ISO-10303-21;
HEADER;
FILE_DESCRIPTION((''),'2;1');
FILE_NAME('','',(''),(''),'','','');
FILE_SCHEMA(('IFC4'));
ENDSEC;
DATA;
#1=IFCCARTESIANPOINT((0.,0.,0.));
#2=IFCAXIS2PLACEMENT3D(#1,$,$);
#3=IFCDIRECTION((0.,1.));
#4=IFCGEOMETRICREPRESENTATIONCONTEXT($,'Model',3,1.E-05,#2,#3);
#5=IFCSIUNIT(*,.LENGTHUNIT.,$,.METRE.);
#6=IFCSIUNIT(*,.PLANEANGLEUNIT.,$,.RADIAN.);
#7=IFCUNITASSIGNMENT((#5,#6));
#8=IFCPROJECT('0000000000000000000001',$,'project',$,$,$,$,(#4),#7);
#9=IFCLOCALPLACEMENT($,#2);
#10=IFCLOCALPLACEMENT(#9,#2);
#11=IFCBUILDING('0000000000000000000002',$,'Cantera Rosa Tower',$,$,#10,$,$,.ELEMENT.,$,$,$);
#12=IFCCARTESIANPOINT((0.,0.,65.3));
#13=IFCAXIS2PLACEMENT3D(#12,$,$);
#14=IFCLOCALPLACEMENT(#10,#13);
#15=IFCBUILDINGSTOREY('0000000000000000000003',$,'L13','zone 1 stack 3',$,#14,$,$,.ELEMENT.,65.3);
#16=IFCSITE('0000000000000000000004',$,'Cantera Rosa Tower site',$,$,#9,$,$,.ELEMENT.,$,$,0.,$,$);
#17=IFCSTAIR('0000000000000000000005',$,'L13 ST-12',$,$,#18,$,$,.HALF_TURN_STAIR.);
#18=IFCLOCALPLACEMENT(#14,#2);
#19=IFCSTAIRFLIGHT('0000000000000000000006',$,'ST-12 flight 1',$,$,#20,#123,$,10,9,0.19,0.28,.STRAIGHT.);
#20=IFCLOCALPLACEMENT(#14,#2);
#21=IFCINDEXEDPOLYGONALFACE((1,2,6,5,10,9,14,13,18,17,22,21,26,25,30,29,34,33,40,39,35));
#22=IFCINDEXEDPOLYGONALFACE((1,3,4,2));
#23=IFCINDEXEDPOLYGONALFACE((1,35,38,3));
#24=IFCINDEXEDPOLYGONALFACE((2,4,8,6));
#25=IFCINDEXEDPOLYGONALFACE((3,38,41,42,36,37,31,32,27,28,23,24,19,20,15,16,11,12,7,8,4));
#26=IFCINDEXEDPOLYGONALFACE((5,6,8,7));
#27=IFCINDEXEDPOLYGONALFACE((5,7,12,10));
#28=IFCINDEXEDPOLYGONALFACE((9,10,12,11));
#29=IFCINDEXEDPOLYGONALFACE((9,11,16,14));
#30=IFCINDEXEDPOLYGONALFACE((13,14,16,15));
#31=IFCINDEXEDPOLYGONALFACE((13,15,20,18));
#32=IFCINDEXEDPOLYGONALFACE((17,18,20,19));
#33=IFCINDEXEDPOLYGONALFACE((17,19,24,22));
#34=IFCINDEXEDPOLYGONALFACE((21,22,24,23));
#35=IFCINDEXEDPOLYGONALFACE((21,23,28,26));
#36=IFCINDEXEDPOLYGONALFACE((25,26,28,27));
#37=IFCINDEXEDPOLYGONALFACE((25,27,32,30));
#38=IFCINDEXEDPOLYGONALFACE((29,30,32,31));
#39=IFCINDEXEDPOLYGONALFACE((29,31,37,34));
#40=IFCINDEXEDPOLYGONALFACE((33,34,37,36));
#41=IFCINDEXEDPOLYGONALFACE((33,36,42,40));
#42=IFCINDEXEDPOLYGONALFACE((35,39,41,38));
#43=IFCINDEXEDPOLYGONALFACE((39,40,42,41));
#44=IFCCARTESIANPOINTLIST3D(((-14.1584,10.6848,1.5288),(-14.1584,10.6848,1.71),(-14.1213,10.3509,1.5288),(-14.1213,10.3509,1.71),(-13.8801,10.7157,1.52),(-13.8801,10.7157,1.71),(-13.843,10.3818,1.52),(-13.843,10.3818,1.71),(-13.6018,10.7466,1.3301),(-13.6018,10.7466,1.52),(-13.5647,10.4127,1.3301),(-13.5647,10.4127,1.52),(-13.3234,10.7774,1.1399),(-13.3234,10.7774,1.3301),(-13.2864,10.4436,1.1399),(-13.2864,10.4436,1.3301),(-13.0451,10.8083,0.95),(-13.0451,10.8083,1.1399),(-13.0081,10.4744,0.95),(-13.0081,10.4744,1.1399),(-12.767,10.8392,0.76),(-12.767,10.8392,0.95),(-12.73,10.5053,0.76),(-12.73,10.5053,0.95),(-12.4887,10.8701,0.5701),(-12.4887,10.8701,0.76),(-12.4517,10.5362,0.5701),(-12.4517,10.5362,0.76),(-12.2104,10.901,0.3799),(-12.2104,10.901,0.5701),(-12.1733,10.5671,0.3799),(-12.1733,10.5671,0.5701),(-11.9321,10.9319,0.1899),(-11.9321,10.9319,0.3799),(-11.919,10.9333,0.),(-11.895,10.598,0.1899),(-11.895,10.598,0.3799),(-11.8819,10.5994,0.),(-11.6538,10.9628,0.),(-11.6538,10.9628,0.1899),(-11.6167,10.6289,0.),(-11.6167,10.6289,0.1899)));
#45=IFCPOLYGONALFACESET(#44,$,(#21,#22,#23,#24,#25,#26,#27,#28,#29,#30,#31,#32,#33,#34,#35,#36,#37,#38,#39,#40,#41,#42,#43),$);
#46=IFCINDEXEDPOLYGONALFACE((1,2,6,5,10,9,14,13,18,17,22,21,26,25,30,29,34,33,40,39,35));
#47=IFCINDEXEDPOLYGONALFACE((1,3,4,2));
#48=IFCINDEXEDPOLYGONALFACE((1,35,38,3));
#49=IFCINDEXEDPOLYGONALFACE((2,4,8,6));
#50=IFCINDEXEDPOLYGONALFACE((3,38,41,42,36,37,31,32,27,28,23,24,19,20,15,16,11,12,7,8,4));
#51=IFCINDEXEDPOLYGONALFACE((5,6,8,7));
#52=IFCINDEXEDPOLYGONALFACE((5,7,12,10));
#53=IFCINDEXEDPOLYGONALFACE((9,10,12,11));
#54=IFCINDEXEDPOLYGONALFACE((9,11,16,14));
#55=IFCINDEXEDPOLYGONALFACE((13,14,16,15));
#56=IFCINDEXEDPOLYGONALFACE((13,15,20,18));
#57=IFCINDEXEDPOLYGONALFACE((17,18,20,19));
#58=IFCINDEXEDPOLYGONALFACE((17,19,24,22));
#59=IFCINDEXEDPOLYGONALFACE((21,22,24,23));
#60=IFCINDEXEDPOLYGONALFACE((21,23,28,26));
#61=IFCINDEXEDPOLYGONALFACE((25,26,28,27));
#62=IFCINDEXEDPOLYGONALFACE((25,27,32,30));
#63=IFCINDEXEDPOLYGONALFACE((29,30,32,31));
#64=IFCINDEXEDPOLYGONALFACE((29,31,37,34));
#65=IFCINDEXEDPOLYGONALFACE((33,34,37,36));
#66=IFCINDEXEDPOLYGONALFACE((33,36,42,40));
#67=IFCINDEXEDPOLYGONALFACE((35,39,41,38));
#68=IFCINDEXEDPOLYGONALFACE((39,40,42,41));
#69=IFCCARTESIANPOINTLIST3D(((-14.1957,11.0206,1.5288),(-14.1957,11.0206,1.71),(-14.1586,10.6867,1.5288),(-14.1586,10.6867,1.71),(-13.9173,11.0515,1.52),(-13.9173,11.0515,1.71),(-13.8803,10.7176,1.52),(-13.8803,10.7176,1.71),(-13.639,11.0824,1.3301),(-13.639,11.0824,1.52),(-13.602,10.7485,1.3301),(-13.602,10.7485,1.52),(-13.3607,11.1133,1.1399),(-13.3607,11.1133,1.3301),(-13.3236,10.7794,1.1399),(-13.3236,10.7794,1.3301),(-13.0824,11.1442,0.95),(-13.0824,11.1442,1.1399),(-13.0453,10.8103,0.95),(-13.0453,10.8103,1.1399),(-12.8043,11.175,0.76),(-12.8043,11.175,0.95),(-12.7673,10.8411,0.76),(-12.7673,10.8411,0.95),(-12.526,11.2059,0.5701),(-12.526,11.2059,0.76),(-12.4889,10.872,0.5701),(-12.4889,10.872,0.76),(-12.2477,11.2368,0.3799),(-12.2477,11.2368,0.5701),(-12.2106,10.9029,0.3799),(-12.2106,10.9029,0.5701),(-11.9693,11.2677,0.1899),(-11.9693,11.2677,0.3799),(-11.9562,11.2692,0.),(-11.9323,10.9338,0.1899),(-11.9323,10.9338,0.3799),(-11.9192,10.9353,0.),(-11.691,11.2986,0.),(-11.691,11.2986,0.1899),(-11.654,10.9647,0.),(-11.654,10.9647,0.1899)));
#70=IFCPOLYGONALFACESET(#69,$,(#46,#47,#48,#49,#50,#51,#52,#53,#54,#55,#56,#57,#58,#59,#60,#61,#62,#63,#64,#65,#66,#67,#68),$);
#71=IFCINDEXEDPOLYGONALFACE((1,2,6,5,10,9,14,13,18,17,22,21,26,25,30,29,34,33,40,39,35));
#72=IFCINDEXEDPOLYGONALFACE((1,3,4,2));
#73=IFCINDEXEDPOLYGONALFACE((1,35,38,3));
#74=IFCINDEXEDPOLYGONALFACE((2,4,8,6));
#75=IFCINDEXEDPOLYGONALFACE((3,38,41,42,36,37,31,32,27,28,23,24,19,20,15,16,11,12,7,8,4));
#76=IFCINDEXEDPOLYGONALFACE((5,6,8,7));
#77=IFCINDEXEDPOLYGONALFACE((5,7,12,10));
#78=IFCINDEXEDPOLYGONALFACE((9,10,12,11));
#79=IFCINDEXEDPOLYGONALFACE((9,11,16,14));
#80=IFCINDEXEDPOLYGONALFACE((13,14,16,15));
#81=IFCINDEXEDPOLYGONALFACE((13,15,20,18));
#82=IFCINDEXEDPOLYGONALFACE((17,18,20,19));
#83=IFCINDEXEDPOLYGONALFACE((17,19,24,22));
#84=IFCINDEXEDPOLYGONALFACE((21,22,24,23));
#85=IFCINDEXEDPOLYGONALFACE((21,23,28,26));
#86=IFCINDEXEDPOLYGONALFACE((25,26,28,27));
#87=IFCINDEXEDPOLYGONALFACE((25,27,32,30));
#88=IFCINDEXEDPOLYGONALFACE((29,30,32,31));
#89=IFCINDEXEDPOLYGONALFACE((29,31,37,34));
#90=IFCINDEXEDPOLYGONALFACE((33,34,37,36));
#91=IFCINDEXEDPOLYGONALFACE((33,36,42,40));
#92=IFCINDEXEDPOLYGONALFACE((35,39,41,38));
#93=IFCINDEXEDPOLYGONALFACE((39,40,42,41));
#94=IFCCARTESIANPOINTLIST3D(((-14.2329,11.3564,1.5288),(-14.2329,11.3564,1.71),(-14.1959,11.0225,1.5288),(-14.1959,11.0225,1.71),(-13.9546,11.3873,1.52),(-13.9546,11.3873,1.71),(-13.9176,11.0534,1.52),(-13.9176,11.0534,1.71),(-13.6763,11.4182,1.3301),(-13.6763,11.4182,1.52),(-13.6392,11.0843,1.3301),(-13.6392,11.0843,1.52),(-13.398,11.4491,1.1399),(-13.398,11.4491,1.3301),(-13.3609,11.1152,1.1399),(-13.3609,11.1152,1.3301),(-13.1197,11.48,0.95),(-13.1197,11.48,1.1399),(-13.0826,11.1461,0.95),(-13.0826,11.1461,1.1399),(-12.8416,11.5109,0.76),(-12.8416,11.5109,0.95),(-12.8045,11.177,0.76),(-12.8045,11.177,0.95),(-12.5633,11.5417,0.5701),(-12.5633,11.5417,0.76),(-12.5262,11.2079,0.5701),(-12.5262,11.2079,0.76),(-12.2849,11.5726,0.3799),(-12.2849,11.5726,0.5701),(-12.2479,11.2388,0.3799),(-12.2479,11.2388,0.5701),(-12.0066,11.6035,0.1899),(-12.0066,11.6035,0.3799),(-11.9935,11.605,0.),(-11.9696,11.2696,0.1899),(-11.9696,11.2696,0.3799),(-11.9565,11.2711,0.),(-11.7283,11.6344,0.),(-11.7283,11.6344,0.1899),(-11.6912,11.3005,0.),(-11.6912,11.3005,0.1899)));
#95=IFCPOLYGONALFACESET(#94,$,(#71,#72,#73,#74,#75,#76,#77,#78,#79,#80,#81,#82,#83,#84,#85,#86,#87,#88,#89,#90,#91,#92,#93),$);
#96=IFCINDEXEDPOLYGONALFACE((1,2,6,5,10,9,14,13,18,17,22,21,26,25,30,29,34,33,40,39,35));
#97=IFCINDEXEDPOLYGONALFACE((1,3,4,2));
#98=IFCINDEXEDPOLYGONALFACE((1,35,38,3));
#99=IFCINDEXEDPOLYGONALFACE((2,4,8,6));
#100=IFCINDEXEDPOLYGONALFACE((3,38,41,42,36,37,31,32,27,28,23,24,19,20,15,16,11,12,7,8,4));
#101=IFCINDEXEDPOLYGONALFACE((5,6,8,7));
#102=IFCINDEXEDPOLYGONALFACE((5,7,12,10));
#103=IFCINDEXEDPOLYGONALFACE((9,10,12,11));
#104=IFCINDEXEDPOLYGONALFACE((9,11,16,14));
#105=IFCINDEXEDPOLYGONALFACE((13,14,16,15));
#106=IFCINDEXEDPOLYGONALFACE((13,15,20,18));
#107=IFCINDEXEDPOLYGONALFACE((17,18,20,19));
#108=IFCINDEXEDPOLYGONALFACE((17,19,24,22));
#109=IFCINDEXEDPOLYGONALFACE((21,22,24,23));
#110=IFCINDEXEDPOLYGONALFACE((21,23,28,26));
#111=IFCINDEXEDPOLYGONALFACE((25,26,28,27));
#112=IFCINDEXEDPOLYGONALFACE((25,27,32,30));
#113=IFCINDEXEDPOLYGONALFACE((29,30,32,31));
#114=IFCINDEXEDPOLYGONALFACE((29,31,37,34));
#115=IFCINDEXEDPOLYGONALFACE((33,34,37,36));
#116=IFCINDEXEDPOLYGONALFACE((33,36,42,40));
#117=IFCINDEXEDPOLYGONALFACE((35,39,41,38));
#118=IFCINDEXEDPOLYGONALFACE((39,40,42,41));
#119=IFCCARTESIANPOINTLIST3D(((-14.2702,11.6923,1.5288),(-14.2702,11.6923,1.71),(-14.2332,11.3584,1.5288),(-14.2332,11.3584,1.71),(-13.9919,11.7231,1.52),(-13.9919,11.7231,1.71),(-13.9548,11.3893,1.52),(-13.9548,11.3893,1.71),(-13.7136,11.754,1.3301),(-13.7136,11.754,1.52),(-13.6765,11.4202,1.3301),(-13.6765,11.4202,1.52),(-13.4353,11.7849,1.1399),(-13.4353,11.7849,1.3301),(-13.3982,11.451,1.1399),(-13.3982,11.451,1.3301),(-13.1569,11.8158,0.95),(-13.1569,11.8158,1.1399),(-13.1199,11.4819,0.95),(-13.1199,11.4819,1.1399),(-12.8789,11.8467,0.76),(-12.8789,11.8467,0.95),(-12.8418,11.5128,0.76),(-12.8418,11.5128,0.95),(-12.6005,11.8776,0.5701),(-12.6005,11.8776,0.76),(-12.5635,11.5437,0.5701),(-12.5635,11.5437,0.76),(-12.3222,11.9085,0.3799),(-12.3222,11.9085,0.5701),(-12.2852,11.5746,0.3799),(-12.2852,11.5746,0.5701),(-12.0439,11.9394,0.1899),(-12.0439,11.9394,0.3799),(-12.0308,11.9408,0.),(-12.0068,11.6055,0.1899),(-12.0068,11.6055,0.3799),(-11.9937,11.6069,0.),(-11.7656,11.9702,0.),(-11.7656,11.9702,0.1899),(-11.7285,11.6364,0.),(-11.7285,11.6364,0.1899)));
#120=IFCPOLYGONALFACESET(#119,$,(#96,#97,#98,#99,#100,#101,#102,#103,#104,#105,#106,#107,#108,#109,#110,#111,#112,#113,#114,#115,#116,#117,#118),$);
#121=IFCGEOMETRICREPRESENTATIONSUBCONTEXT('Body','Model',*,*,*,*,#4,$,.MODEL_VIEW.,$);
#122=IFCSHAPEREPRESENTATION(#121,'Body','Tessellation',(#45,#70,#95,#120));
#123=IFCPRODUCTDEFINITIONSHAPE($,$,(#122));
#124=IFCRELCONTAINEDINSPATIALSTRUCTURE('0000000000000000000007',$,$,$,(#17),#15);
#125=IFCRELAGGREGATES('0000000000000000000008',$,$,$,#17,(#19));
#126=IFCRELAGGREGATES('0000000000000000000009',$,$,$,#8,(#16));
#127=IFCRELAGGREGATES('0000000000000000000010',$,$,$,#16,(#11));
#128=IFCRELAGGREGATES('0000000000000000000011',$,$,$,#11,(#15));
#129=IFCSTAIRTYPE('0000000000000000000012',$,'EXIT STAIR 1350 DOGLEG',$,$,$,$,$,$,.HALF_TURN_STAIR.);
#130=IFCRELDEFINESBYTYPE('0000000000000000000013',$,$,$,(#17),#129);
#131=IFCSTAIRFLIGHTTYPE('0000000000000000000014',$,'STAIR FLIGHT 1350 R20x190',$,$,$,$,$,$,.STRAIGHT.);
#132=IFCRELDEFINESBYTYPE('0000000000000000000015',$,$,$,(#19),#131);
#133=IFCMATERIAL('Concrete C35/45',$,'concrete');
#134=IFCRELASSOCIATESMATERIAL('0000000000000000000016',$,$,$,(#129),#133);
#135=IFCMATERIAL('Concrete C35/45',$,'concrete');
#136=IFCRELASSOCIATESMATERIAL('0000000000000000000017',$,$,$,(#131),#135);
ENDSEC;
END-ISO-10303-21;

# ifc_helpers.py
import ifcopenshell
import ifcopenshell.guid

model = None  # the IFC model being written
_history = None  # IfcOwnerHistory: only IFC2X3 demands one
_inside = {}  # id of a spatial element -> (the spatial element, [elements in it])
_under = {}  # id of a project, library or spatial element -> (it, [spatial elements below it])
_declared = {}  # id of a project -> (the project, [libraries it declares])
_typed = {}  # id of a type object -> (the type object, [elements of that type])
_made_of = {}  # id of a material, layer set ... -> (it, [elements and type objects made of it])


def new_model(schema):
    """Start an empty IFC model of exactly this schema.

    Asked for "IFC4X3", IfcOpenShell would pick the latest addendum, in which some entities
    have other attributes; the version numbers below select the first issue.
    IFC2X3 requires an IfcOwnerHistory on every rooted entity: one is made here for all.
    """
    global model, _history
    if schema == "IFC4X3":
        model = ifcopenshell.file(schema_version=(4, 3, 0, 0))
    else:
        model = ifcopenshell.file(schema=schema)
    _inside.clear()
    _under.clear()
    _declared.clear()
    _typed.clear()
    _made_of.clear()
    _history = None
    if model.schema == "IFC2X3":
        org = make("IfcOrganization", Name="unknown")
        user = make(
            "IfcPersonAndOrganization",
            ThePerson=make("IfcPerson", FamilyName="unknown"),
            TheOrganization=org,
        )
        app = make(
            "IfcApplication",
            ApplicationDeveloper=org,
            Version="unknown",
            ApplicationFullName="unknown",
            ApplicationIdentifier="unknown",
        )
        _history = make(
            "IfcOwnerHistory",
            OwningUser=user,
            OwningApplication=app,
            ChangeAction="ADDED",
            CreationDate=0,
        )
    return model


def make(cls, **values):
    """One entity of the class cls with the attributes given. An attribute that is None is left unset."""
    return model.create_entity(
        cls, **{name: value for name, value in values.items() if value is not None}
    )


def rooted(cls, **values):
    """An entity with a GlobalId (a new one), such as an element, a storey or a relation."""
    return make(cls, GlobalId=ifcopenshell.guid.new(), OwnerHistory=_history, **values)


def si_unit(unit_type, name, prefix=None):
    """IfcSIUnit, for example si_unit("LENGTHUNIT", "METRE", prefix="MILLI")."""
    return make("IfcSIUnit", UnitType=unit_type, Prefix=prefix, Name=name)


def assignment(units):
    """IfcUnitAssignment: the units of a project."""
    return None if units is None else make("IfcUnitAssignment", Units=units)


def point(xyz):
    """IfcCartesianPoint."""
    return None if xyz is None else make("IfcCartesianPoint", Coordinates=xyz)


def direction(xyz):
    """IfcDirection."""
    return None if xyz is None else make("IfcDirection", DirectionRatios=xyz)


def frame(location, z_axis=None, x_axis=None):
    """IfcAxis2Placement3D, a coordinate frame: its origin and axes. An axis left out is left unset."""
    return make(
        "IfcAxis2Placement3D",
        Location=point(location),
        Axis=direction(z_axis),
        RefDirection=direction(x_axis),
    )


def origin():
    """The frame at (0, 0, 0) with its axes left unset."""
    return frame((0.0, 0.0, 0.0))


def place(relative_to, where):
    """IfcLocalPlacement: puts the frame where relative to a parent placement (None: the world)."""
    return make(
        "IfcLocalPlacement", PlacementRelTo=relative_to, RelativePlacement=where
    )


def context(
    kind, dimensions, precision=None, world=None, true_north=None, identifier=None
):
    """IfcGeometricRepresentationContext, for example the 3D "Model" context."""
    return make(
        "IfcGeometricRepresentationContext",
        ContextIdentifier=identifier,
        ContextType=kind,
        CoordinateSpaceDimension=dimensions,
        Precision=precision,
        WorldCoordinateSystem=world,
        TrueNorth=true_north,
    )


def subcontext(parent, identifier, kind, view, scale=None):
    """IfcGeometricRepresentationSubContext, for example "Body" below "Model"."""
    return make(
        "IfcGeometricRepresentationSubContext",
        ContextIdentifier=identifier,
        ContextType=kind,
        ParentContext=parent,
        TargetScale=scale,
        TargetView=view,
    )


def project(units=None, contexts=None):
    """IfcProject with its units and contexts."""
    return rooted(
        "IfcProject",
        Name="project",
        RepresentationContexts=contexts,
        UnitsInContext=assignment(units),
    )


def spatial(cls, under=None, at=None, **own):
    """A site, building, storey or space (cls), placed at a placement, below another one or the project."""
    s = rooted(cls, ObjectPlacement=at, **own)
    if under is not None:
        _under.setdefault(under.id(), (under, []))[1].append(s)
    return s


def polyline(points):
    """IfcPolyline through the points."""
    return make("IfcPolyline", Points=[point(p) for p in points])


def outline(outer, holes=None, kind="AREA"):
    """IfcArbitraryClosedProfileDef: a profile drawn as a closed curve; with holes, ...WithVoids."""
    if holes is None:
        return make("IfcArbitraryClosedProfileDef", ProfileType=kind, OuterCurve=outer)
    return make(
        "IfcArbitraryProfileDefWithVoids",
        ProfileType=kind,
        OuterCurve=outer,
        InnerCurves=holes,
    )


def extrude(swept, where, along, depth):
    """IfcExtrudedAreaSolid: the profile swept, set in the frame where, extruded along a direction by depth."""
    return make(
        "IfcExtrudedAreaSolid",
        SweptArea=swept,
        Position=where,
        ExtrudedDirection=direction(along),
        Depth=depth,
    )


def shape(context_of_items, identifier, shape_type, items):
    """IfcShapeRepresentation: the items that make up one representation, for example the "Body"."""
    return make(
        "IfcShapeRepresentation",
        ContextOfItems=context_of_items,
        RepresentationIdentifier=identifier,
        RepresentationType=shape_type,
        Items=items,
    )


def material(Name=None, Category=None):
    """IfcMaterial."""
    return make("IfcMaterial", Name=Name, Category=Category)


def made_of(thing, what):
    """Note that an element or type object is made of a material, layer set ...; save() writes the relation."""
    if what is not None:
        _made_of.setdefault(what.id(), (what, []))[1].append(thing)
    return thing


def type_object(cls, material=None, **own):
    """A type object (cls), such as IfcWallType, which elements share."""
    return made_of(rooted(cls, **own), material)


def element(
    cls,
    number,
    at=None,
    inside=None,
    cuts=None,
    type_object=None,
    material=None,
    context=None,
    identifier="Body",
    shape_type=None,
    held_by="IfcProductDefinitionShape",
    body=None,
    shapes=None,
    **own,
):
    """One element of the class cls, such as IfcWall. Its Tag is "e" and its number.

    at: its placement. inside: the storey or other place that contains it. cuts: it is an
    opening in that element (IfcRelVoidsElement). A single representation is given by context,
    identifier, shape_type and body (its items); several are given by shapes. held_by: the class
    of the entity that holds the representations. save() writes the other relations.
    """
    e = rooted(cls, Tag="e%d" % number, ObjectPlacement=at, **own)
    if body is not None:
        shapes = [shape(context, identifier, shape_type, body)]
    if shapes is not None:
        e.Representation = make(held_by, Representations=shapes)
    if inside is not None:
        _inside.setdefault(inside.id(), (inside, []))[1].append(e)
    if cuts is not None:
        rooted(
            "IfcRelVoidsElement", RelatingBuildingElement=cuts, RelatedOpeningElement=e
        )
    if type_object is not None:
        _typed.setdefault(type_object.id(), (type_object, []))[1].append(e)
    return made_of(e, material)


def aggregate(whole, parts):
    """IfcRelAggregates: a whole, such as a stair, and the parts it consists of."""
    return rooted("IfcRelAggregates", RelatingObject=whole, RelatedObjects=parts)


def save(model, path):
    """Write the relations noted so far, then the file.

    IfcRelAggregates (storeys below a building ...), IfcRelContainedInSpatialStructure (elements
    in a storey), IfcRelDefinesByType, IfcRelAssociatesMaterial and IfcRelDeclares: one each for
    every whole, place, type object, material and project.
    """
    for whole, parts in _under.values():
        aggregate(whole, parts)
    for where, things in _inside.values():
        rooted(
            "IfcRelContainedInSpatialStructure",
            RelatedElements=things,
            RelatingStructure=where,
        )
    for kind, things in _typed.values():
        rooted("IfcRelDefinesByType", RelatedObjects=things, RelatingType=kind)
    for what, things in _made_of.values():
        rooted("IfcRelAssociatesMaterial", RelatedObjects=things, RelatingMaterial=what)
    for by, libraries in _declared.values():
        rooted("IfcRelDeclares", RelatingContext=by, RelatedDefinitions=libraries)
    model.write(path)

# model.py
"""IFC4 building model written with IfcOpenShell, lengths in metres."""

from ifc_helpers import new_model, si_unit, direction, frame, origin, place, context, subcontext, project, spatial, polyline, outline, extrude, material, type_object, element, aggregate, save


model = new_model("IFC4")

# Units and contexts
model_context = context("Model", 3, precision=1e-05, world=origin(), true_north=direction((0.0, 1.0)))
body_context = subcontext(model_context, "Body", "Model", "MODEL_VIEW")
ifc_project = project(units=[si_unit("LENGTHUNIT", "METRE"), si_unit("PLANEANGLEUNIT", "RADIAN")], contexts=[model_context])

# Site, building, storey
site_placement = place(None, origin())
site = spatial("IfcSite", under=ifc_project, at=site_placement, Name="Cantera Rosa Tower site", CompositionType="ELEMENT", RefElevation=0.0)
building_placement = place(site_placement, origin())
building = spatial("IfcBuilding", under=site, at=building_placement, Name="Cantera Rosa Tower", CompositionType="ELEMENT")
storey_placement = place(building_placement, frame((0.0, 0.0, 65.3)))
storey = spatial("IfcBuildingStorey", under=building, at=storey_placement, Name="L13", Description="zone 1 stack 3", CompositionType="ELEMENT", Elevation=65.3)

# Stair, stair flight
ifc_material_1 = material(Name="Concrete C35/45", Category="concrete")
stair_type = type_object("IfcStairType", Name="EXIT STAIR 1350 DOGLEG", PredefinedType="HALF_TURN_STAIR", material=ifc_material_1)
stair_placement = place(storey_placement, origin())
stair = element("IfcStair", 1, at=stair_placement, inside=storey, type_object=stair_type, Name="L13 ST-12", PredefinedType="HALF_TURN_STAIR")
ifc_material_2 = material(Name="Concrete C35/45", Category="concrete")
stair_flight_type = type_object("IfcStairFlightType", Name="STAIR FLIGHT 1350 R20x190", PredefinedType="STRAIGHT", material=ifc_material_2)
stair_flight_placement = place(storey_placement, frame((-11.6912, 11.2998, 0.0), z_axis=(0.0, 0.0, 1.0), x_axis=(-0.993897, -0.110313, 0.0)))
stair_flight = element("IfcStairFlight", 2, at=stair_flight_placement, type_object=stair_flight_type, Name="ST-12 flight 1", NumberOfRisers=10, NumberOfTreads=9, PredefinedType="STRAIGHT", RiserHeight=0.19, TreadLength=0.28, context=body_context, shape_type="SweptSolid", body=[
    extrude(outline(polyline([(0.0, 0.0), (0.0, 0.1899), (0.28, 0.1899), (0.28, 0.3799), (0.5601, 0.3799), (0.5601, 0.5701), (0.8401, 0.5701), (0.8401, 0.76), (1.1201, 0.76), (1.1201, 0.95), (1.3999, 0.95), (1.3999, 1.1399), (1.6799, 1.1399), (1.6799, 1.3301), (1.96, 1.3301), (1.96, 1.52), (2.24, 1.52), (2.24, 1.71), (2.52, 1.71), (2.52, 1.8999), (2.52, 1.5288), (0.2668, 0.0), (0.0, 0.0)])), frame((0.0, 0.675, 0.0), z_axis=(0.0, -1.0, 0.0), x_axis=(1.0, 0.0, 0.0)), (0.0, 0.0, 1.0), 0.3359),
    extrude(outline(polyline([(0.0, 0.0), (0.0, 0.1899), (0.28, 0.1899), (0.28, 0.3799), (0.5601, 0.3799), (0.5601, 0.5701), (0.8401, 0.5701), (0.8401, 0.76), (1.1201, 0.76), (1.1201, 0.95), (1.3999, 0.95), (1.3999, 1.1399), (1.6799, 1.1399), (1.6799, 1.3301), (1.96, 1.3301), (1.96, 1.52), (2.24, 1.52), (2.24, 1.71), (2.52, 1.71), (2.52, 1.8999), (2.52, 1.5288), (0.2668, 0.0), (0.0, 0.0)])), frame((0.0, 0.3372, 0.0), z_axis=(0.0, -1.0, 0.0), x_axis=(1.0, 0.0, 0.0)), (0.0, 0.0, 1.0), 0.3359),
    extrude(outline(polyline([(0.0, 0.0), (0.0, 0.1899), (0.28, 0.1899), (0.28, 0.3799), (0.5601, 0.3799), (0.5601, 0.5701), (0.8401, 0.5701), (0.8401, 0.76), (1.1201, 0.76), (1.1201, 0.95), (1.3999, 0.95), (1.3999, 1.1399), (1.6799, 1.1399), (1.6799, 1.3301), (1.96, 1.3301), (1.96, 1.52), (2.24, 1.52), (2.24, 1.71), (2.52, 1.71), (2.52, 1.8999), (2.52, 1.5288), (0.2668, 0.0), (0.0, 0.0)])), frame((0.0, -0.0007, 0.0), z_axis=(0.0, -1.0, 0.0), x_axis=(1.0, 0.0, 0.0)), (0.0, 0.0, 1.0), 0.3359),
    extrude(outline(polyline([(0.0, 0.0), (0.0, 0.1899), (0.28, 0.1899), (0.28, 0.3799), (0.5601, 0.3799), (0.5601, 0.5701), (0.8401, 0.5701), (0.8401, 0.76), (1.1201, 0.76), (1.1201, 0.95), (1.3999, 0.95), (1.3999, 1.1399), (1.6799, 1.1399), (1.6799, 1.3301), (1.96, 1.3301), (1.96, 1.52), (2.24, 1.52), (2.24, 1.71), (2.52, 1.71), (2.52, 1.8999), (2.52, 1.5288), (0.2668, 0.0), (0.0, 0.0)])), frame((0.0, -0.3386, 0.0), z_axis=(0.0, -1.0, 0.0), x_axis=(1.0, 0.0, 0.0)), (0.0, 0.0, 1.0), 0.3359),
])
aggregate(stair, [stair_flight])

save(model, "model.ifc")
